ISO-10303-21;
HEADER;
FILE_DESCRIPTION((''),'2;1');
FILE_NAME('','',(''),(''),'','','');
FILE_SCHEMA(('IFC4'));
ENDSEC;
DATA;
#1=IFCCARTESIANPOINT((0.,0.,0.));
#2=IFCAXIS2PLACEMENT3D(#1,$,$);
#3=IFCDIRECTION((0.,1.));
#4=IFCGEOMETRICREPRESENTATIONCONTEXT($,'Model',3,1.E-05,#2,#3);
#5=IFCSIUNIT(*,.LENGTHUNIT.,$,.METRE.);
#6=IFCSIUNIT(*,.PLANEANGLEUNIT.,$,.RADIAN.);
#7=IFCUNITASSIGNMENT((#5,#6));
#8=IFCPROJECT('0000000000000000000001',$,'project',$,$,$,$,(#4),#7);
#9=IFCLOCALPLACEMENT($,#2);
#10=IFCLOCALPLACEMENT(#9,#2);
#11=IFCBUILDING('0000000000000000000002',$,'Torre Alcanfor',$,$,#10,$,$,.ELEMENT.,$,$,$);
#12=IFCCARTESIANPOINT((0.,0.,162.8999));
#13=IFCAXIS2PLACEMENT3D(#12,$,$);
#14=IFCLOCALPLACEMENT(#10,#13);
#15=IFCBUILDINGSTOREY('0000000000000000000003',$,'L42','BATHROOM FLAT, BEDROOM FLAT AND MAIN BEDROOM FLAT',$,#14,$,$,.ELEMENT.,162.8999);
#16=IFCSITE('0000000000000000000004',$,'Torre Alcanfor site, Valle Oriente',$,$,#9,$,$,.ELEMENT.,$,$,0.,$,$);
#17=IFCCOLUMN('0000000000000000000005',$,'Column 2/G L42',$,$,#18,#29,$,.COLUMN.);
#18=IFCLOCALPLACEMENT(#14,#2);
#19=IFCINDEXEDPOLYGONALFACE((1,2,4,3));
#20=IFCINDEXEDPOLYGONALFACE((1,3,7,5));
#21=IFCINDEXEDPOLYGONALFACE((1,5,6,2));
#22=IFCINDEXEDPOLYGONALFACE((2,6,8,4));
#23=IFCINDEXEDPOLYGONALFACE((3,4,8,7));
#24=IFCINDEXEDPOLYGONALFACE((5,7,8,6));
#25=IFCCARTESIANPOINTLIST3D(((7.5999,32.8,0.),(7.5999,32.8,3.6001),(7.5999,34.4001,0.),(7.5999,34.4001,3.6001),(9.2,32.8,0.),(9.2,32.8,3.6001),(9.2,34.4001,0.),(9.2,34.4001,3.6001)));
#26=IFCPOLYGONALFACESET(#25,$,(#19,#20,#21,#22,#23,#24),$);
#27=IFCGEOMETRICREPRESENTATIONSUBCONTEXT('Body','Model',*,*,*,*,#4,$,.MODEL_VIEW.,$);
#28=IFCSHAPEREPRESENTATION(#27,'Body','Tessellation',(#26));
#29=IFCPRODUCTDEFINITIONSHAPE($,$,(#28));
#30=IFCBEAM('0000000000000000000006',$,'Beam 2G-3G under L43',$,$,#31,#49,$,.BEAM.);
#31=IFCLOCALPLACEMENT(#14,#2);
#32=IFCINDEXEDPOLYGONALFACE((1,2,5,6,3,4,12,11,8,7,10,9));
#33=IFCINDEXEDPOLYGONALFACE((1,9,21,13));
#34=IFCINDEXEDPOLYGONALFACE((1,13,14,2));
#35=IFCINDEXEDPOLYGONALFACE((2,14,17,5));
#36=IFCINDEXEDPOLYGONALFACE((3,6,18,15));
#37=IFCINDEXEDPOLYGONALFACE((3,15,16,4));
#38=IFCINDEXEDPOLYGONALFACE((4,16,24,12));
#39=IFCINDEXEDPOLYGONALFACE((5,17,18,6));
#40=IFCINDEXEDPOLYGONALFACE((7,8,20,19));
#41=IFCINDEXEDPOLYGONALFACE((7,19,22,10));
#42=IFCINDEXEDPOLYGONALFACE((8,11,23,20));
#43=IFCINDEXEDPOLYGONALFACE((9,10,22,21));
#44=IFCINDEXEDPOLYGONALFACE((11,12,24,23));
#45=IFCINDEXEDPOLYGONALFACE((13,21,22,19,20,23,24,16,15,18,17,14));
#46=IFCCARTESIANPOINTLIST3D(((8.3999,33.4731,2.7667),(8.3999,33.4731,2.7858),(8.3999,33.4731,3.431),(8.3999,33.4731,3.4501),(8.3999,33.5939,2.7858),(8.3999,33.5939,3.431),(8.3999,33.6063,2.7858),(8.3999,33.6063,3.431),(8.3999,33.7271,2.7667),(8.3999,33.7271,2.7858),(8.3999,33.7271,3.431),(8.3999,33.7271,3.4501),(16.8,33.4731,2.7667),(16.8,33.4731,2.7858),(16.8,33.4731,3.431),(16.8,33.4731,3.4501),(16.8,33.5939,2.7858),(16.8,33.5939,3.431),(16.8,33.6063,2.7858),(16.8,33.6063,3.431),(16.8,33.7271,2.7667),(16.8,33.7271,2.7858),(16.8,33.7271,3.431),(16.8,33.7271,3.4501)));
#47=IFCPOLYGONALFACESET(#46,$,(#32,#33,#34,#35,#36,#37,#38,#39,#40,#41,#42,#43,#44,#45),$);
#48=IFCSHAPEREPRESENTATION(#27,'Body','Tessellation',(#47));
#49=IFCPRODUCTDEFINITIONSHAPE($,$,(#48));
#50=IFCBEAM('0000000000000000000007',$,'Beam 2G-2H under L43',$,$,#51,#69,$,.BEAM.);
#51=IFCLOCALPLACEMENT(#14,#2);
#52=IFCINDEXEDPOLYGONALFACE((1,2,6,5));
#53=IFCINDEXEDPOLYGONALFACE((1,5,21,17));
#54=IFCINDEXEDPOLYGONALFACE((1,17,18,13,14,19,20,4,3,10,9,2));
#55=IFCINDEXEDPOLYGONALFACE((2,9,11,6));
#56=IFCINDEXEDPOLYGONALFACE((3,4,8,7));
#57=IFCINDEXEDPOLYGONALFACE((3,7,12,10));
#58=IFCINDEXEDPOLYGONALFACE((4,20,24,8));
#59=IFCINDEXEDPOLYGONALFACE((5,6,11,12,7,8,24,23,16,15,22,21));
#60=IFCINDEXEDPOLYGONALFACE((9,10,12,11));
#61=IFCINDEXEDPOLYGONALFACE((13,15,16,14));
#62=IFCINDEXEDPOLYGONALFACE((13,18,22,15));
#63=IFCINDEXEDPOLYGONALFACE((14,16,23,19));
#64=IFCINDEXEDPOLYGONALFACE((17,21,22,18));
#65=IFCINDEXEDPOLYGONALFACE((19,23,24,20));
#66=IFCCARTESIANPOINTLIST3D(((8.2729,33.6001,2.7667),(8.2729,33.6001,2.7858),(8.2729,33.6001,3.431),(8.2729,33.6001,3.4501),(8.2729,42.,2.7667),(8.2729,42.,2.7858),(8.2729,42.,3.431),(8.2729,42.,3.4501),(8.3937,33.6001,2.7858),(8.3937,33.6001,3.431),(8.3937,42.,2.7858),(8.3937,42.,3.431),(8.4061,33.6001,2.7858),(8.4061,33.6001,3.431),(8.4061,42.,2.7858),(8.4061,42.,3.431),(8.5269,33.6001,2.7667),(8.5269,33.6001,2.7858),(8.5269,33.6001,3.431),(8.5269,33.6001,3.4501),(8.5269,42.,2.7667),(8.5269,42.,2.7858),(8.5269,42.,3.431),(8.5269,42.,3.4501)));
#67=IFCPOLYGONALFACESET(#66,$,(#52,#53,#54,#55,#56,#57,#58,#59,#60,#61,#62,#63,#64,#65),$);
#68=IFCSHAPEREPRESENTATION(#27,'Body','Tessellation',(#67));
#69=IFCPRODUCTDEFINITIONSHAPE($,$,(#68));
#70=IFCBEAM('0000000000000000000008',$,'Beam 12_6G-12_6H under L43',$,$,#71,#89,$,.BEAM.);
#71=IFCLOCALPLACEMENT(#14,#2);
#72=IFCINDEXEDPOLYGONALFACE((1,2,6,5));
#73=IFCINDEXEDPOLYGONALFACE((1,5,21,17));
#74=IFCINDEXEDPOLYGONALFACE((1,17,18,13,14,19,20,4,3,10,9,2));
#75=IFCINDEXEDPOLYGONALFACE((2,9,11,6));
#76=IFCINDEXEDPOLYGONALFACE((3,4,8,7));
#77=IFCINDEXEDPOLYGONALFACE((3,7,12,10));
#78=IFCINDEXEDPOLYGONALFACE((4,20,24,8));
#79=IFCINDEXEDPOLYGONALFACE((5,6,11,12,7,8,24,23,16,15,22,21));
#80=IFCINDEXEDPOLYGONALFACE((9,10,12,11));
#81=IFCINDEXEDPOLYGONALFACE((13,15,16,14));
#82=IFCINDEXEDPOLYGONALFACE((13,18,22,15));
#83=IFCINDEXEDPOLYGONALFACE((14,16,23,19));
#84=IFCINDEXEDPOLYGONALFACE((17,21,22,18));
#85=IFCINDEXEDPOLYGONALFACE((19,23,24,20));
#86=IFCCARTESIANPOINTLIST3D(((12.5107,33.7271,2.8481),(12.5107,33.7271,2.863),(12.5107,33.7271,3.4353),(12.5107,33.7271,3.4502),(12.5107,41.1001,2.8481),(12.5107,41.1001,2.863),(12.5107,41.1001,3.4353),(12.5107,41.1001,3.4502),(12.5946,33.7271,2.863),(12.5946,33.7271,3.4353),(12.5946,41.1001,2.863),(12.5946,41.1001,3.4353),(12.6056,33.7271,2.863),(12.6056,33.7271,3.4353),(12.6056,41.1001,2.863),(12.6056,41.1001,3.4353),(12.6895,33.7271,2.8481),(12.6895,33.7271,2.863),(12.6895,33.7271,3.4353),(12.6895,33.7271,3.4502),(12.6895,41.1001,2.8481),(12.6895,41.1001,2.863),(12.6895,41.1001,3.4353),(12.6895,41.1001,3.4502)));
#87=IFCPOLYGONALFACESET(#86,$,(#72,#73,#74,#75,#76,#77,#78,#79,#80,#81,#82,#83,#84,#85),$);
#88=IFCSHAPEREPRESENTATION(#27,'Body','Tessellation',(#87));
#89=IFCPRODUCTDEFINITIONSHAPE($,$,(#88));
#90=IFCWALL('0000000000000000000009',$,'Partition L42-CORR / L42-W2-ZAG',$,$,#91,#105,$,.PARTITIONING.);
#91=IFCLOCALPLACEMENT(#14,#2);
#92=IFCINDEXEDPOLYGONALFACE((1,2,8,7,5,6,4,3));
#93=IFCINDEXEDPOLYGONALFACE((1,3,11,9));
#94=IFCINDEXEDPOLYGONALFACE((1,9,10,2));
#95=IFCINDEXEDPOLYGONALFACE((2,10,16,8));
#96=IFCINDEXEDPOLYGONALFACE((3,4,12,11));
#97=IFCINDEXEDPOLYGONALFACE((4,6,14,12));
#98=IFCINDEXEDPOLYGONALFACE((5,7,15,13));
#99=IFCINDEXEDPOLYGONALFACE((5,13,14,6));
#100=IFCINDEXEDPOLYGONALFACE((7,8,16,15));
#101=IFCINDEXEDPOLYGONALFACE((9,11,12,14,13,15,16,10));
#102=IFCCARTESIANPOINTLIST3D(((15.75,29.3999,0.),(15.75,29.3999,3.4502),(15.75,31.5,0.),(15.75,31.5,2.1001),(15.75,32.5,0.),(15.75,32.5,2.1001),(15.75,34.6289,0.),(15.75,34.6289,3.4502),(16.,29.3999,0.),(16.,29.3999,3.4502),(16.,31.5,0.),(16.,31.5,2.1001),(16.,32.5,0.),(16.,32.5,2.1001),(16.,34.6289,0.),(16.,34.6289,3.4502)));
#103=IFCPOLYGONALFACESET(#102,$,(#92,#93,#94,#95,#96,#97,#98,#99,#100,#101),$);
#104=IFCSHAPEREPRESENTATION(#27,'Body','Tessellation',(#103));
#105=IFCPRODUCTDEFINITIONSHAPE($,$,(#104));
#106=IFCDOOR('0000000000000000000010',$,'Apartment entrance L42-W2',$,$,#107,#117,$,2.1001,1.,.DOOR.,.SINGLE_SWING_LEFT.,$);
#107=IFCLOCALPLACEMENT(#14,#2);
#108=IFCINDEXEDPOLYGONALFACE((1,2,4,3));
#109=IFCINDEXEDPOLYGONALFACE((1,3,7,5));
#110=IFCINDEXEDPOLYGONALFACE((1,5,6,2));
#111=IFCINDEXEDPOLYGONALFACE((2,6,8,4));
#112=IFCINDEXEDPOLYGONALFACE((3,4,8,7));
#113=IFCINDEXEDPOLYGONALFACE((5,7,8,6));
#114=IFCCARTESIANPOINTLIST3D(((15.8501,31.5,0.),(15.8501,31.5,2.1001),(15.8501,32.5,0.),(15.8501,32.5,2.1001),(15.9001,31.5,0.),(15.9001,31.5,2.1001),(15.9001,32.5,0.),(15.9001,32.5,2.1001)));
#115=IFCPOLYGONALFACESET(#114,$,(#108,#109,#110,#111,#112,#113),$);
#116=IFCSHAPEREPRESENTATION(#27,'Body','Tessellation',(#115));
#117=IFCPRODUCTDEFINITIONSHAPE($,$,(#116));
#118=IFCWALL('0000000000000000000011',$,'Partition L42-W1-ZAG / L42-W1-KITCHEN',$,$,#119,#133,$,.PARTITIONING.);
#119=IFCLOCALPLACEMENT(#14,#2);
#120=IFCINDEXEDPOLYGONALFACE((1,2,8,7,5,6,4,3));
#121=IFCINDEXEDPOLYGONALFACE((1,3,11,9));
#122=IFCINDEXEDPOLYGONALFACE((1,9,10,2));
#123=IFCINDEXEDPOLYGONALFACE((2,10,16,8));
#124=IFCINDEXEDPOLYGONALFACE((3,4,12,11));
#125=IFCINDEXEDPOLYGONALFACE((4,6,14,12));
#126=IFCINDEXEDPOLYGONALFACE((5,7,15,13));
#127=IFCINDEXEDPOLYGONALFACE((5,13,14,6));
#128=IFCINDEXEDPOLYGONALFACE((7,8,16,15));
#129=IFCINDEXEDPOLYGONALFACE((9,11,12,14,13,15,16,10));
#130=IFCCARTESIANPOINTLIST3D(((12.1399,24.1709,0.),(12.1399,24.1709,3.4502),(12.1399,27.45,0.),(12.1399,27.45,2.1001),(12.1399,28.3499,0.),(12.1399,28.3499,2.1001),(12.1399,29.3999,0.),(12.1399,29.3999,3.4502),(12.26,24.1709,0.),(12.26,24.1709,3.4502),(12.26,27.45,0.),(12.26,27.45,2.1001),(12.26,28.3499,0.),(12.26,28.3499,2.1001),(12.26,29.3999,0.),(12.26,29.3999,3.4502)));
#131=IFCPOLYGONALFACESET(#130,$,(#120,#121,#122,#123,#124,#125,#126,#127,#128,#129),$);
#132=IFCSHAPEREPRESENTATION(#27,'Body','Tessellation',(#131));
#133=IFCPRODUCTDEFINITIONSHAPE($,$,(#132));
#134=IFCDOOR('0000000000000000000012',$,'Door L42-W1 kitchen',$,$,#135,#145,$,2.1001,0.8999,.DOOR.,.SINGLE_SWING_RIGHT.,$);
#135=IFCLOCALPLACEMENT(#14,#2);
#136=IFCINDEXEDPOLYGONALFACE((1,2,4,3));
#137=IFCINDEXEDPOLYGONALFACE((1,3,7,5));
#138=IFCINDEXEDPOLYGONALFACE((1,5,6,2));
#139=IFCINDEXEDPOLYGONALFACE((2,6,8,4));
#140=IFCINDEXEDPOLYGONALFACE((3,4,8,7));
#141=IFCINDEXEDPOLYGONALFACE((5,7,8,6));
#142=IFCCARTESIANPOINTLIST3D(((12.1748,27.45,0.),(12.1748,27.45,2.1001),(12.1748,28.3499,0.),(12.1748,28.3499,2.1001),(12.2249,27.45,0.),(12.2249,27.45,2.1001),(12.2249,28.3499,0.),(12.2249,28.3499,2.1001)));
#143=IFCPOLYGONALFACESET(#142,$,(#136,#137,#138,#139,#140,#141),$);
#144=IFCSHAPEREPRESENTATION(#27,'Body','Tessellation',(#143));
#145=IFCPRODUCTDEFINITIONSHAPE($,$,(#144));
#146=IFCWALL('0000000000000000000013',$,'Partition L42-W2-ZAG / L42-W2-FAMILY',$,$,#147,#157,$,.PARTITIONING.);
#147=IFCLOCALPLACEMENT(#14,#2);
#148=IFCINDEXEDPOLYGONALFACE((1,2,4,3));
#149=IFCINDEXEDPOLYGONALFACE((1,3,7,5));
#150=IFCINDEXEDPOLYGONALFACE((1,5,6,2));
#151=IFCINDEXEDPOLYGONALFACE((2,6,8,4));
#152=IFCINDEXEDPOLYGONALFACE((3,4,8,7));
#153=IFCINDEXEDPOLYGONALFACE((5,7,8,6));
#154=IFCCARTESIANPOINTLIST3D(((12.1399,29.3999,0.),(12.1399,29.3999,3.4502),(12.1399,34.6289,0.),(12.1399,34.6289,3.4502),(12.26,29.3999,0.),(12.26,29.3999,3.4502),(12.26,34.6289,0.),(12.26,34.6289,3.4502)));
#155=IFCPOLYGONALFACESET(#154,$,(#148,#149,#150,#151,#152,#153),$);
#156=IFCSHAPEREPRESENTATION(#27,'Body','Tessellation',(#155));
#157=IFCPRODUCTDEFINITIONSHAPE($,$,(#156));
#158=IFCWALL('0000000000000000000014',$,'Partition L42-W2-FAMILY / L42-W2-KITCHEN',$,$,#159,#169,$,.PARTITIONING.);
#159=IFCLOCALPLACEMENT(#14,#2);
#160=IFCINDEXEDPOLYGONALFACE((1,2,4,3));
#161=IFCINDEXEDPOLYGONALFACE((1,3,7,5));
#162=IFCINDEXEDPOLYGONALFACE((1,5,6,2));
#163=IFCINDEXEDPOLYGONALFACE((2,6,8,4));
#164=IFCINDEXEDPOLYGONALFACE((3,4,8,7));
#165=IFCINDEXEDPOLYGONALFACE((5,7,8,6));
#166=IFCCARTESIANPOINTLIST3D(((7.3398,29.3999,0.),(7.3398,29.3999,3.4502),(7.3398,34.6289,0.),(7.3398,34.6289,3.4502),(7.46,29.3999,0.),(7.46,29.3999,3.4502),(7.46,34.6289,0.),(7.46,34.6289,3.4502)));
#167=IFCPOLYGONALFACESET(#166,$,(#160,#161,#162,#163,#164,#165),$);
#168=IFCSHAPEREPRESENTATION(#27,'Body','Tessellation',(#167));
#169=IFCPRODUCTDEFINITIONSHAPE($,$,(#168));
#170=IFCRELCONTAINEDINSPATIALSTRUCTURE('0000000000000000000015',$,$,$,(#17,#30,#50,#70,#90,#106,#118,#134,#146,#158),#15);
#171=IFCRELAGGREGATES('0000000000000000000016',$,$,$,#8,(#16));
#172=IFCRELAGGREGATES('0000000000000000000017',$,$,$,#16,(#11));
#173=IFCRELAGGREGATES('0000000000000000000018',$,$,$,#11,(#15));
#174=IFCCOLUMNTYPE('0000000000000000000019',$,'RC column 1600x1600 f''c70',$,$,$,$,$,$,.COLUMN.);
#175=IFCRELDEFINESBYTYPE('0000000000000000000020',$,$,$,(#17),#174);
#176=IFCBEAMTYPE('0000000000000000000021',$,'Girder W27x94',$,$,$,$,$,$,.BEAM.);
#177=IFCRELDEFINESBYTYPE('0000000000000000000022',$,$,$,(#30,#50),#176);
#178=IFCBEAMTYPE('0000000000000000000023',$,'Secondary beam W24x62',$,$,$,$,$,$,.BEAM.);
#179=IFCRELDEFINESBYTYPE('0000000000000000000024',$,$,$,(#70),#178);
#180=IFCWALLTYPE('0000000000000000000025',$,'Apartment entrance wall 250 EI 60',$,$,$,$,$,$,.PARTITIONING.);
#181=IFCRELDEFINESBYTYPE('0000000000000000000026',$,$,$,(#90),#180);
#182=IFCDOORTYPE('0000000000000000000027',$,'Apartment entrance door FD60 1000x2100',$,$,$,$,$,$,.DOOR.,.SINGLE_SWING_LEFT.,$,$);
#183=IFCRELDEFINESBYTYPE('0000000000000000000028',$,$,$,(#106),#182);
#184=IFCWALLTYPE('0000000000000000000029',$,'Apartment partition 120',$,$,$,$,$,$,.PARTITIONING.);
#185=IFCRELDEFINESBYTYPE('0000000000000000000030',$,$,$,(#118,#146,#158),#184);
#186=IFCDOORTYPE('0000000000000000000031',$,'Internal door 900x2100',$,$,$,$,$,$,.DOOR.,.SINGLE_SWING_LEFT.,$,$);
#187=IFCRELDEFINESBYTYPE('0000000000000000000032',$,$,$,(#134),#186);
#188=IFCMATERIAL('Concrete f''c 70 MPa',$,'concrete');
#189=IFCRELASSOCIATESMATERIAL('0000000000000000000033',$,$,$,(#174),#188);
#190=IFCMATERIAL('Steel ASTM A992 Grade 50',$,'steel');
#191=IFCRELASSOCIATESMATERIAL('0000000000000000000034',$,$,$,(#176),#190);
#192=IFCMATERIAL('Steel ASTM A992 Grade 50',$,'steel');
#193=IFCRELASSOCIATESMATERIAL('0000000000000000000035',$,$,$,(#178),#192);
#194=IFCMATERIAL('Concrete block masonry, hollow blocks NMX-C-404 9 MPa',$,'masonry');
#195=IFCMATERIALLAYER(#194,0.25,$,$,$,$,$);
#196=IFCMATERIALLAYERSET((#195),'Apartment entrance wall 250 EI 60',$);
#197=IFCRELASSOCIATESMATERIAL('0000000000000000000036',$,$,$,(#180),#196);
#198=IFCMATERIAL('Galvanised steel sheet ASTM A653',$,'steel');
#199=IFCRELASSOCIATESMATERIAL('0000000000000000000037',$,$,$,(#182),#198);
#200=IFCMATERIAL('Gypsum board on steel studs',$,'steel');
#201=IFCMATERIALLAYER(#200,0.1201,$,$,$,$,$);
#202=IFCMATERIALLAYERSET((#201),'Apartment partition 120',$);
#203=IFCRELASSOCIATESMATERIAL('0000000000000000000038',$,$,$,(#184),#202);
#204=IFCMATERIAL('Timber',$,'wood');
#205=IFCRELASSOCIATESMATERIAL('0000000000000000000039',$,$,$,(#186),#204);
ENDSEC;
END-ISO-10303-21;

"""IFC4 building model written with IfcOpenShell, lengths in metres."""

from ifc_helpers import new_model, si_unit, direction, frame, frame_2d, origin, origin_2d, place, context, subcontext, project, spatial, rectangle, i_section, extrude, material, layer, layer_set, material_profile, profile_set, type_object, element, fill, save


model = new_model("IFC4")

# Units and contexts
model_context = context("Model", 3, precision=1e-05, world=origin(), true_north=direction((0.0, 1.0)))
body_context = subcontext(model_context, "Body", "Model", "MODEL_VIEW")
ifc_project = project(units=[si_unit("LENGTHUNIT", "METRE"), si_unit("PLANEANGLEUNIT", "RADIAN")], contexts=[model_context])

# Site, building, storey
site_placement = place(None, origin())
site = spatial("IfcSite", under=ifc_project, at=site_placement, Name="Torre Alcanfor site, Valle Oriente", CompositionType="ELEMENT", RefElevation=0.0)
building_placement = place(site_placement, origin())
building = spatial("IfcBuilding", under=site, at=building_placement, Name="Torre Alcanfor", CompositionType="ELEMENT")
storey_placement = place(building_placement, frame((0.0, 0.0, 162.8999)))
storey = spatial("IfcBuildingStorey", under=building, at=storey_placement, Name="L42", Description="BATHROOM FLAT, BEDROOM FLAT AND MAIN BEDROOM FLAT", CompositionType="ELEMENT", Elevation=162.8999)

# Column
ifc_material_1 = material(Name="Concrete f'c 70 MPa", Category="concrete")
ifc_material_profile_1 = material_profile(ifc_material_1, rectangle(XDim=1.6001, YDim=1.6001, at=origin_2d()), Name="1600x1600")
ifc_profile_set_1 = profile_set([ifc_material_profile_1], Name="Concrete f'c 70 MPa")
column_type = type_object("IfcColumnType", Name="RC column 1600x1600 f'c70", PredefinedType="COLUMN", material=ifc_profile_set_1)
column_placement = place(storey_placement, frame((8.3999, 33.6001, 0.0), z_axis=(0.0, 0.0, 1.0), x_axis=(1.0, 0.0, 0.0)))
element("IfcColumn", 1, at=column_placement, inside=storey, type_object=column_type, Name="Column 2/G L42", PredefinedType="COLUMN", context=body_context, shape_type="SweptSolid", body=[
    extrude(rectangle(XDim=1.6001, YDim=1.6001, at=origin_2d()), origin(), (0.0, 0.0, 1.0), 3.6001),
])

# Beams
ifc_material_2 = material(Name="Steel ASTM A992 Grade 50", Category="steel")
ifc_material_profile_2 = material_profile(ifc_material_2, i_section(OverallWidth=0.2539, OverallDepth=0.6833, WebThickness=0.0125, FlangeThickness=0.019, at=origin_2d()), Name="W27x94")
ifc_profile_set_2 = profile_set([ifc_material_profile_2], Name="Steel ASTM A992 Grade 50")
beam_type_1 = type_object("IfcBeamType", Name="Girder W27x94", PredefinedType="BEAM", material=ifc_profile_set_2)
beam_1_placement = place(storey_placement, frame((8.3999, 33.6001, 3.1084), z_axis=(1.0, 0.0, 0.0), x_axis=(0.0, 1.0, 0.0)))
element("IfcBeam", 2, at=beam_1_placement, inside=storey, type_object=beam_type_1, Name="Beam 2G-3G under L43", PredefinedType="BEAM", context=body_context, shape_type="SweptSolid", body=[
    extrude(i_section(OverallWidth=0.2539, OverallDepth=0.6833, WebThickness=0.0125, FlangeThickness=0.019, at=origin_2d()), origin(), (0.0, 0.0, 1.0), 8.4001),
])
beam_2_placement = place(storey_placement, frame((8.3999, 33.6001, 3.1084), z_axis=(0.0, 1.0, 0.0), x_axis=(-1.0, 0.0, 0.0)))
element("IfcBeam", 3, at=beam_2_placement, inside=storey, type_object=beam_type_1, Name="Beam 2G-2H under L43", PredefinedType="BEAM", context=body_context, shape_type="SweptSolid", body=[
    extrude(i_section(OverallWidth=0.2539, OverallDepth=0.6833, WebThickness=0.0125, FlangeThickness=0.019, at=origin_2d()), origin(), (0.0, 0.0, 1.0), 8.3999),
])
ifc_material_3 = material(Name="Steel ASTM A992 Grade 50", Category="steel")
ifc_material_profile_3 = material_profile(ifc_material_3, i_section(OverallWidth=0.1787, OverallDepth=0.6021, WebThickness=0.011, FlangeThickness=0.0149, at=origin_2d()), Name="W24x62")
ifc_profile_set_3 = profile_set([ifc_material_profile_3], Name="Steel ASTM A992 Grade 50")
beam_type_2 = type_object("IfcBeamType", Name="Secondary beam W24x62", PredefinedType="BEAM", material=ifc_profile_set_3)
beam_3_placement = place(storey_placement, frame((12.6001, 33.7271, 3.1492), z_axis=(0.0, 1.0, 0.0), x_axis=(-1.0, 0.0, 0.0)))
element("IfcBeam", 4, at=beam_3_placement, inside=storey, type_object=beam_type_2, Name="Beam 12_6G-12_6H under L43", PredefinedType="BEAM", context=body_context, shape_type="SweptSolid", body=[
    extrude(i_section(OverallWidth=0.1787, OverallDepth=0.6021, WebThickness=0.011, FlangeThickness=0.0149, at=origin_2d()), origin(), (0.0, 0.0, 1.0), 7.373),
])

# Walls, openings, doors
ifc_material_4 = material(Name="Concrete block masonry, hollow blocks NMX-C-404 9 MPa", Category="masonry")
ifc_layer_1 = layer(ifc_material_4, 0.25)
ifc_layer_set_1 = layer_set([ifc_layer_1], Name="Apartment entrance wall 250 EI 60")
wall_type_1 = type_object("IfcWallType", Name="Apartment entrance wall 250 EI 60", PredefinedType="PARTITIONING", material=ifc_layer_set_1)
wall_1_placement = place(storey_placement, frame((15.875, 29.3999, 0.0), z_axis=(0.0, 0.0, 1.0), x_axis=(0.0, 1.0, 0.0)))
wall_1 = element("IfcWall", 5, at=wall_1_placement, inside=storey, type_object=wall_type_1, Name="Partition L42-CORR / L42-W2-ZAG", PredefinedType="PARTITIONING", context=body_context, shape_type="SweptSolid", body=[
    extrude(rectangle(XDim=5.229, YDim=0.25, at=frame_2d((2.6145, 0.0))), origin(), (0.0, 0.0, 1.0), 3.4502),
])
opening_1_placement = place(wall_1_placement, frame((2.1001, 0.0, 0.0)))
opening_1 = element("IfcOpeningElement", 6, at=opening_1_placement, cuts=wall_1, PredefinedType="OPENING", context=body_context, shape_type="SweptSolid", body=[
    extrude(rectangle(XDim=1.0, YDim=2.1001, at=frame_2d((0.5, 1.05))), frame((0.0, 0.135, 0.0), z_axis=(0.0, -1.0, 0.0), x_axis=(1.0, 0.0, 0.0)), (0.0, 0.0, 1.0), 0.27),
])
ifc_material_5 = material(Name="Galvanised steel sheet ASTM A653", Category="steel")
door_type_1 = type_object("IfcDoorType", Name="Apartment entrance door FD60 1000x2100", OperationType="SINGLE_SWING_LEFT", PredefinedType="DOOR", material=ifc_material_5)
door_1_placement = place(opening_1_placement, origin())
door_1 = element("IfcDoor", 7, at=door_1_placement, inside=storey, type_object=door_type_1, Name="Apartment entrance L42-W2", OperationType="SINGLE_SWING_LEFT", OverallHeight=2.1001, OverallWidth=1.0, PredefinedType="DOOR", context=body_context, shape_type="SweptSolid", body=[
    extrude(rectangle(XDim=1.0, YDim=2.1001, at=frame_2d((0.5, 1.05))), frame((0.0, 0.0249, 0.0), z_axis=(0.0, -1.0, 0.0), x_axis=(1.0, 0.0, 0.0)), (0.0, 0.0, 1.0), 0.05),
])
fill(opening_1, door_1)
ifc_material_6 = material(Name="Gypsum board on steel studs", Category="steel")
ifc_layer_2 = layer(ifc_material_6, 0.1201)
ifc_layer_set_2 = layer_set([ifc_layer_2], Name="Apartment partition 120")
wall_type_2 = type_object("IfcWallType", Name="Apartment partition 120", PredefinedType="PARTITIONING", material=ifc_layer_set_2)
wall_2_placement = place(storey_placement, frame((12.2, 29.3999, 0.0), z_axis=(0.0, 0.0, 1.0), x_axis=(0.0, -1.0, 0.0)))
wall_2 = element("IfcWall", 8, at=wall_2_placement, inside=storey, type_object=wall_type_2, Name="Partition L42-W1-ZAG / L42-W1-KITCHEN", PredefinedType="PARTITIONING", context=body_context, shape_type="SweptSolid", body=[
    extrude(rectangle(XDim=5.229, YDim=0.1201, at=frame_2d((2.6145, 0.0))), origin(), (0.0, 0.0, 1.0), 3.4502),
])
opening_2_placement = place(wall_2_placement, frame((1.05, 0.0, 0.0)))
opening_2 = element("IfcOpeningElement", 9, at=opening_2_placement, cuts=wall_2, PredefinedType="OPENING", context=body_context, shape_type="SweptSolid", body=[
    extrude(rectangle(XDim=0.8999, YDim=2.1001, at=frame_2d((0.45, 1.05))), frame((0.0, 0.0701, 0.0), z_axis=(0.0, -1.0, 0.0), x_axis=(1.0, 0.0, 0.0)), (0.0, 0.0, 1.0), 0.1401),
])
ifc_material_7 = material(Name="Timber", Category="wood")
door_type_2 = type_object("IfcDoorType", Name="Internal door 900x2100", OperationType="SINGLE_SWING_LEFT", PredefinedType="DOOR", material=ifc_material_7)
door_2_placement = place(opening_2_placement, frame((0.8999, 0.0, 0.0), z_axis=(0.0, 0.0, 1.0), x_axis=(-1.0, 0.0, 0.0)))
door_2 = element("IfcDoor", 10, at=door_2_placement, inside=storey, type_object=door_type_2, Name="Door L42-W1 kitchen", OperationType="SINGLE_SWING_RIGHT", OverallHeight=2.1001, OverallWidth=0.8999, PredefinedType="DOOR", context=body_context, shape_type="SweptSolid", body=[
    extrude(rectangle(XDim=0.8999, YDim=2.1001, at=frame_2d((0.45, 1.05))), frame((0.0, 0.0251, 0.0), z_axis=(0.0, -1.0, 0.0), x_axis=(1.0, 0.0, 0.0)), (0.0, 0.0, 1.0), 0.05),
])
fill(opening_2, door_2)

# Walls
for number, where, z_axis, x_axis, name in (
    (11, (12.2, 29.3999, 0.0), (0.0, 0.0, 1.0), (0.0, 1.0, 0.0), "Partition L42-W2-ZAG / L42-W2-FAMILY"),
    (12, (7.3999, 29.3999, 0.0), (0.0, 0.0, 1.0), (0.0, 1.0, 0.0), "Partition L42-W2-FAMILY / L42-W2-KITCHEN"),
):
    element("IfcWall", number, at=place(storey_placement, frame(where, z_axis=z_axis, x_axis=x_axis)), inside=storey, type_object=wall_type_2, Name=name, PredefinedType="PARTITIONING", context=body_context, shape_type="SweptSolid", body=[
        extrude(rectangle(XDim=5.229, YDim=0.1201, at=frame_2d((2.6145, 0.0))), origin(), (0.0, 0.0, 1.0), 3.4502),
    ])

save(model, "model.ifc")
